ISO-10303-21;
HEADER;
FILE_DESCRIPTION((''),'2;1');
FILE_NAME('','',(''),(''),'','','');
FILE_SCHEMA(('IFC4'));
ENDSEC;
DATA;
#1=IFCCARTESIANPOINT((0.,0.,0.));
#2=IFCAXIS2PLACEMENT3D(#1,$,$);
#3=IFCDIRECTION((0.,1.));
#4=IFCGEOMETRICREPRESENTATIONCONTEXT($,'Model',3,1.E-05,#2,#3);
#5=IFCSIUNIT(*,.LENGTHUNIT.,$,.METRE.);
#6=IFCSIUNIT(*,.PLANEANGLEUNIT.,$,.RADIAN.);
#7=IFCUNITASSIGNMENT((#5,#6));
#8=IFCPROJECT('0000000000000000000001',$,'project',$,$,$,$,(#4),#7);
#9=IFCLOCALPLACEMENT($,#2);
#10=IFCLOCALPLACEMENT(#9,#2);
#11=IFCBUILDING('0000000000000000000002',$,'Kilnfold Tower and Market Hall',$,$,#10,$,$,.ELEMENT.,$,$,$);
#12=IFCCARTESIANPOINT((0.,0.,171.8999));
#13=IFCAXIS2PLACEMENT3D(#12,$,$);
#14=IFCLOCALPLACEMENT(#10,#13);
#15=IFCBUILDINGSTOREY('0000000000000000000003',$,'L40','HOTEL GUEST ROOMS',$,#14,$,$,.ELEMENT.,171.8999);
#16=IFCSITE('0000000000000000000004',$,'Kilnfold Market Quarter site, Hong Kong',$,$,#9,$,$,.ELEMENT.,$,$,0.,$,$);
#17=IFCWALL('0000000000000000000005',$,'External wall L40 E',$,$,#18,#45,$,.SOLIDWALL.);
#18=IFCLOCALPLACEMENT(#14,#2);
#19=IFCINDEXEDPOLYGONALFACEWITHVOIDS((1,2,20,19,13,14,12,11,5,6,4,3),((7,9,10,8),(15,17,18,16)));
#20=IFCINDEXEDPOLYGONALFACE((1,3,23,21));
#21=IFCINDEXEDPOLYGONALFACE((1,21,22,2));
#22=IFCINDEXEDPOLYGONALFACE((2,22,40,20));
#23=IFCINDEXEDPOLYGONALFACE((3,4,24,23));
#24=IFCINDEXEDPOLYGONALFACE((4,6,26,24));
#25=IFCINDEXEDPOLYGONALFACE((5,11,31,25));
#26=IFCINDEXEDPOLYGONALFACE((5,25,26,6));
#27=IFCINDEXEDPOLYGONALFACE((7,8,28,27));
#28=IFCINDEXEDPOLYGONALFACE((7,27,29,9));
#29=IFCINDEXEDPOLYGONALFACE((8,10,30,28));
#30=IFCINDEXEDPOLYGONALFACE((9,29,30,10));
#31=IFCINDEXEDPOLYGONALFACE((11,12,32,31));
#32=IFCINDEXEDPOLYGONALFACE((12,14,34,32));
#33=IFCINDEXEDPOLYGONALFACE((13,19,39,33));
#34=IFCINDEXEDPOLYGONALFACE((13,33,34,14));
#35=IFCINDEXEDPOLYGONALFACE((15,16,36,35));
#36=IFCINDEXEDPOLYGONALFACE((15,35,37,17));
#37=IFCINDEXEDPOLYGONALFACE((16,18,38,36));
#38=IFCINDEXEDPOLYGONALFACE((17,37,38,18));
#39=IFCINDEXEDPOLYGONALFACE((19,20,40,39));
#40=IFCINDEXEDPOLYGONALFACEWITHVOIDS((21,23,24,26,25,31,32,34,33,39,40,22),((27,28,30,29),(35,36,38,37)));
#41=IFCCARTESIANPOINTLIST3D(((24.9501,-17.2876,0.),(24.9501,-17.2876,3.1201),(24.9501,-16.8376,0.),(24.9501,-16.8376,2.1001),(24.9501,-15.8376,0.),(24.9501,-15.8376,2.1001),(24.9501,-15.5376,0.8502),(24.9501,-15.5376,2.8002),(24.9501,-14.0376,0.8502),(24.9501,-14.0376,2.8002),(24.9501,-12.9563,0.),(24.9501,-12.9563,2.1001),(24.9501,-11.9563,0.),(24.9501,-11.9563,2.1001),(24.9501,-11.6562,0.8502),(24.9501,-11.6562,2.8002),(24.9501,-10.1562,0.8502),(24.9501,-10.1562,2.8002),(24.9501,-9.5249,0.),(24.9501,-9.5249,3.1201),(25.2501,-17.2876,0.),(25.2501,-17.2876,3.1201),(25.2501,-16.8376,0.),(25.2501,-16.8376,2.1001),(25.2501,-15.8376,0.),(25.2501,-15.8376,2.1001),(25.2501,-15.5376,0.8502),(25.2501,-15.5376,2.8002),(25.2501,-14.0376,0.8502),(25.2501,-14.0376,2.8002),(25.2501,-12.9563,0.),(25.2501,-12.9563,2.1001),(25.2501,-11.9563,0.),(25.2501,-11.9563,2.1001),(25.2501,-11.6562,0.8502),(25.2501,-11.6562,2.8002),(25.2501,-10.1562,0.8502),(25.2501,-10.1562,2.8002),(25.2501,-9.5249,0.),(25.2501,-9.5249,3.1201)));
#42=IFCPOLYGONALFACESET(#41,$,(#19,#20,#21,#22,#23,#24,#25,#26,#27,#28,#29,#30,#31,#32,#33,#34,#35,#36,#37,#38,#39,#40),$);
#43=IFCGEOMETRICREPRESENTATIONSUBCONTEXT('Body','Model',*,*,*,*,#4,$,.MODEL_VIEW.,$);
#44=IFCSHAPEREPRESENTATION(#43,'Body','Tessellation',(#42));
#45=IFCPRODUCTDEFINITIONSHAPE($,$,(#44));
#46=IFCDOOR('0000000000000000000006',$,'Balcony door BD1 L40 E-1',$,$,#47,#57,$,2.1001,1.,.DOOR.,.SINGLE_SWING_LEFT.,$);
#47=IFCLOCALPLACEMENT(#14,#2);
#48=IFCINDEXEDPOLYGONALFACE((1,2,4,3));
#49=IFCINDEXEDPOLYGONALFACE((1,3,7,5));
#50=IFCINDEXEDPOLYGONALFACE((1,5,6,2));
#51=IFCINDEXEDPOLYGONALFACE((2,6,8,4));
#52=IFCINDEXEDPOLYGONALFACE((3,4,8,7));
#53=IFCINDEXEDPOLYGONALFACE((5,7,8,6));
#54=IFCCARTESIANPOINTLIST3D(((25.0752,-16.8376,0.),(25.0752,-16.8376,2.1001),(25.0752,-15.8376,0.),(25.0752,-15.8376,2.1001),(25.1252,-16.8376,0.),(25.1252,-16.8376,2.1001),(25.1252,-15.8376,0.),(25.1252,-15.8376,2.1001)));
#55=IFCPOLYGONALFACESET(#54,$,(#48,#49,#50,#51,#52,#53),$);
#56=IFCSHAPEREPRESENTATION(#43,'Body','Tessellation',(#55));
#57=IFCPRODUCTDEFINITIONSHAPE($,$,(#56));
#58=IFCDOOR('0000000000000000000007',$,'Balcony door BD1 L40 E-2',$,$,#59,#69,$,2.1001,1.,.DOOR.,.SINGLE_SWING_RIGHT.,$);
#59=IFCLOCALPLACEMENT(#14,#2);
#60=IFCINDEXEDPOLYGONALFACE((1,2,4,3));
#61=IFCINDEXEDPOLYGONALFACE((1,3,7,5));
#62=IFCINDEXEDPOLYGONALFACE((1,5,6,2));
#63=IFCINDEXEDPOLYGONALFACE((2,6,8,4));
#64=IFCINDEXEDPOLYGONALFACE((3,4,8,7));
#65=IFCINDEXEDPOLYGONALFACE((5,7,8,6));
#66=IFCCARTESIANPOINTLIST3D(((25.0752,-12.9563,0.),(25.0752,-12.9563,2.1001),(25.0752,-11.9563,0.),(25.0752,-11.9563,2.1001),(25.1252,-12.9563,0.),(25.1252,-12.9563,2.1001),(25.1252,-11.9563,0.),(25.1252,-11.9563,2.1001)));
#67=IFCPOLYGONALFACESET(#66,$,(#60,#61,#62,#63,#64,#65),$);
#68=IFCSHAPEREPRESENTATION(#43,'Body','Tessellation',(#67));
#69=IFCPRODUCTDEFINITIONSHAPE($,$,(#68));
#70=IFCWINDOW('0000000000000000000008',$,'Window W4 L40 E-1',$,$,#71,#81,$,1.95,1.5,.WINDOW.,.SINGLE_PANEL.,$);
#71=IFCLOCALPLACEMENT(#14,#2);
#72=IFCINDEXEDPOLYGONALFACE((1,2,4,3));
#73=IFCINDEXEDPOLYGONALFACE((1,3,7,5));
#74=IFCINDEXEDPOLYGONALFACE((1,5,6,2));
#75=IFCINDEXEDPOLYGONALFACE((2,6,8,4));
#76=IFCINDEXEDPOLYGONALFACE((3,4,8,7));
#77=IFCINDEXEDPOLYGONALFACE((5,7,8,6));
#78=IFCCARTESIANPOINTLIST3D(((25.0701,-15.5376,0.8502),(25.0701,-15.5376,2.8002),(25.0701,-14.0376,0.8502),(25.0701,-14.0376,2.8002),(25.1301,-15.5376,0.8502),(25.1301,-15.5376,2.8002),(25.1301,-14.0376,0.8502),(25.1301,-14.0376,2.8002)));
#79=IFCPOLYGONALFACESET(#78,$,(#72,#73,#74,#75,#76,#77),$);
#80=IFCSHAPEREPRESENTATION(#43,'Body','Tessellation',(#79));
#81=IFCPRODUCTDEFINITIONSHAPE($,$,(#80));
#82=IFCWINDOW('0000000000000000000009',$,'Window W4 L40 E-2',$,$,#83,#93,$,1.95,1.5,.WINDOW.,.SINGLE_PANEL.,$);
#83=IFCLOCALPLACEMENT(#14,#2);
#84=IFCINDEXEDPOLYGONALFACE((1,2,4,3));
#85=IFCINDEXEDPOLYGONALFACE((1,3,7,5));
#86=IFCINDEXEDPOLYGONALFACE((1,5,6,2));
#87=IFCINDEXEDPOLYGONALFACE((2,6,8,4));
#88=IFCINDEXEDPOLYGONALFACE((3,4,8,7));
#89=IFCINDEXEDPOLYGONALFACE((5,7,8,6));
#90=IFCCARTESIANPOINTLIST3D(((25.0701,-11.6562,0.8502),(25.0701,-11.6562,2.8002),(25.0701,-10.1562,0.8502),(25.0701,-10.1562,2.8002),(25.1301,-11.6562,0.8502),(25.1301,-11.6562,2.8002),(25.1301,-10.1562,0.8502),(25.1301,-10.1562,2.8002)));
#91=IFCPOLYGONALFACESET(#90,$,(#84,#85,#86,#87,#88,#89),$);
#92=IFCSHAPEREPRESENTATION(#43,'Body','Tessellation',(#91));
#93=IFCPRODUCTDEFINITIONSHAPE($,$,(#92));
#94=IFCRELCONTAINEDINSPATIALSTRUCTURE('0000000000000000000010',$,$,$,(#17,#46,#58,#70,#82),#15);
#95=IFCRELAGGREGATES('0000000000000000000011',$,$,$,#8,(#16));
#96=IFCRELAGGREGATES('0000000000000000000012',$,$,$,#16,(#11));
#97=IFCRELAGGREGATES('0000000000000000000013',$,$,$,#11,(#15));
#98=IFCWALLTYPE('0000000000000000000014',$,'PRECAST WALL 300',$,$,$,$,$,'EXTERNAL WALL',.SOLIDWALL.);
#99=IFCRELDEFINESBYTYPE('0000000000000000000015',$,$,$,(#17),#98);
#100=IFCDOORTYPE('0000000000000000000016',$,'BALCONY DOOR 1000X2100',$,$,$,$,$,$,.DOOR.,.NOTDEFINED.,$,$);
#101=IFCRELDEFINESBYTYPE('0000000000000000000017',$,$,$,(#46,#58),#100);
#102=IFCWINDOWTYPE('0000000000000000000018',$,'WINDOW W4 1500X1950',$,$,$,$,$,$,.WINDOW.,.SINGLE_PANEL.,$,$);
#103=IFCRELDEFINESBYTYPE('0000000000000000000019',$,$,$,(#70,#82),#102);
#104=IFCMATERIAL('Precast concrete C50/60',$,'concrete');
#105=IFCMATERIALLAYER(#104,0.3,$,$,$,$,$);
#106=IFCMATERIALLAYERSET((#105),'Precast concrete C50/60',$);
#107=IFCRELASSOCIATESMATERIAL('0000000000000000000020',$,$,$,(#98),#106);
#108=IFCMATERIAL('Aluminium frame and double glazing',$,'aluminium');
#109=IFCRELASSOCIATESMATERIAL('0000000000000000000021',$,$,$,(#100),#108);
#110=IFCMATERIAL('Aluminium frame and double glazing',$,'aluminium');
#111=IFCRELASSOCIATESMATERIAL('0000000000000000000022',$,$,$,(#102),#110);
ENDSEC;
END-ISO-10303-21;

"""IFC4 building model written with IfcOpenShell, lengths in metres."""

from ifc_helpers import new_model, si_unit, direction, frame, frame_2d, origin, place, context, subcontext, project, spatial, rectangle, extrude, source, transform, mapped, material, layer, layer_set, type_object, element, fill, save


model = new_model("IFC4")

# Units and contexts
model_context = context("Model", 3, precision=1e-05, world=origin(), true_north=direction((0.0, 1.0)))
body_context = subcontext(model_context, "Body", "Model", "MODEL_VIEW")
ifc_project = project(units=[si_unit("LENGTHUNIT", "METRE"), si_unit("PLANEANGLEUNIT", "RADIAN")], contexts=[model_context])

# Site, building, storey
site_placement = place(None, origin())
site = spatial("IfcSite", under=ifc_project, at=site_placement, Name="Kilnfold Market Quarter site, Hong Kong", CompositionType="ELEMENT", RefElevation=0.0)
building_placement = place(site_placement, origin())
building = spatial("IfcBuilding", under=site, at=building_placement, Name="Kilnfold Tower and Market Hall", CompositionType="ELEMENT")
storey_placement = place(building_placement, frame((0.0, 0.0, 171.8999)))
storey = spatial("IfcBuildingStorey", under=building, at=storey_placement, Name="L40", Description="HOTEL GUEST ROOMS", CompositionType="ELEMENT", Elevation=171.8999)

# Wall, openings, doors, windows
ifc_material_1 = material(Name="Precast concrete C50/60", Category="concrete")
ifc_layer_1 = layer(ifc_material_1, 0.3)
ifc_layer_set_1 = layer_set([ifc_layer_1], Name="Precast concrete C50/60")
wall_type_1 = type_object("IfcWallType", Name="PRECAST WALL 300", ElementType="EXTERNAL WALL", PredefinedType="SOLIDWALL", material=ifc_layer_set_1)
shared_shape_1 = source(origin(), body_context, "Body", "SweptSolid", [
    extrude(rectangle(XDim=7.7627, YDim=0.3, at=frame_2d((3.8813, 0.0))), origin(), (0.0, 0.0, 1.0), 3.1201),
])
wall_1_placement = place(storey_placement, frame((25.1001, -17.2876, 0.0), z_axis=(0.0, 0.0, 1.0), x_axis=(0.0, 1.0, 0.0)))
wall_1 = element("IfcWall", 1, at=wall_1_placement, inside=storey, type_object=wall_type_1, Name="External wall L40 E", PredefinedType="SOLIDWALL", context=body_context, shape_type="MappedRepresentation", body=[
    mapped(shared_shape_1, transform((0.0, 0.0, 0.0))),
])
opening_1_placement = place(wall_1_placement, frame((1.75, 0.0, 0.8501)))
opening_1 = element("IfcOpeningElement", 2, at=opening_1_placement, cuts=wall_1, PredefinedType="OPENING", context=body_context, shape_type="SweptSolid", body=[
    extrude(rectangle(XDim=1.5, YDim=1.95, at=frame_2d((0.75, 0.9751))), frame((0.0, 0.1602, 0.0), z_axis=(0.0, -1.0, 0.0), x_axis=(1.0, 0.0, 0.0)), (0.0, 0.0, 1.0), 0.3201),
])
opening_2_placement = place(wall_1_placement, frame((0.45, 0.0, 0.0)))
opening_2 = element("IfcOpeningElement", 3, at=opening_2_placement, cuts=wall_1, PredefinedType="OPENING", context=body_context, shape_type="SweptSolid", body=[
    extrude(rectangle(XDim=1.0, YDim=2.1001, at=frame_2d((0.5, 1.05))), frame((0.0, 0.1602, 0.0), z_axis=(0.0, -1.0, 0.0), x_axis=(1.0, 0.0, 0.0)), (0.0, 0.0, 1.0), 0.3201),
])
opening_3_placement = place(wall_1_placement, frame((5.6313, 0.0, 0.8501)))
opening_3 = element("IfcOpeningElement", 4, at=opening_3_placement, cuts=wall_1, PredefinedType="OPENING", context=body_context, shape_type="SweptSolid", body=[
    extrude(rectangle(XDim=1.5, YDim=1.95, at=frame_2d((0.75, 0.9751))), frame((0.0, 0.1602, 0.0), z_axis=(0.0, -1.0, 0.0), x_axis=(1.0, 0.0, 0.0)), (0.0, 0.0, 1.0), 0.3201),
])
opening_4_placement = place(wall_1_placement, frame((4.3313, 0.0, 0.0)))
opening_4 = element("IfcOpeningElement", 5, at=opening_4_placement, cuts=wall_1, PredefinedType="OPENING", context=body_context, shape_type="SweptSolid", body=[
    extrude(rectangle(XDim=1.0, YDim=2.1001, at=frame_2d((0.5, 1.05))), frame((0.0, 0.1602, 0.0), z_axis=(0.0, -1.0, 0.0), x_axis=(1.0, 0.0, 0.0)), (0.0, 0.0, 1.0), 0.3201),
])
ifc_material_2 = material(Name="Aluminium frame and double glazing", Category="aluminium")
door_type_1 = type_object("IfcDoorType", Name="BALCONY DOOR 1000X2100", OperationType="NOTDEFINED", PredefinedType="DOOR", material=ifc_material_2)
door_1_placement = place(opening_2_placement, origin())
door_1 = element("IfcDoor", 6, at=door_1_placement, inside=storey, type_object=door_type_1, Name="Balcony door BD1 L40 E-1", OperationType="SINGLE_SWING_LEFT", OverallHeight=2.1001, OverallWidth=1.0, PredefinedType="DOOR", context=body_context, shape_type="SweptSolid", body=[
    extrude(rectangle(XDim=1.0, YDim=2.1001, at=frame_2d((0.5, 1.05))), frame((0.0, 0.0249, 0.0), z_axis=(0.0, -1.0, 0.0), x_axis=(1.0, 0.0, 0.0)), (0.0, 0.0, 1.0), 0.05),
])
fill(opening_2, door_1)
door_2_placement = place(opening_4_placement, origin())
door_2 = element("IfcDoor", 7, at=door_2_placement, inside=storey, type_object=door_type_1, Name="Balcony door BD1 L40 E-2", OperationType="SINGLE_SWING_RIGHT", OverallHeight=2.1001, OverallWidth=1.0, PredefinedType="DOOR", context=body_context, shape_type="SweptSolid", body=[
    extrude(rectangle(XDim=1.0, YDim=2.1001, at=frame_2d((0.5, 1.05))), frame((0.0, 0.0249, 0.0), z_axis=(0.0, -1.0, 0.0), x_axis=(1.0, 0.0, 0.0)), (0.0, 0.0, 1.0), 0.05),
])
fill(opening_4, door_2)
ifc_material_3 = material(Name="Aluminium frame and double glazing", Category="aluminium")
window_type = type_object("IfcWindowType", Name="WINDOW W4 1500X1950", PartitioningType="SINGLE_PANEL", PredefinedType="WINDOW", material=ifc_material_3)
window_1_placement = place(opening_1_placement, origin())
window_1 = element("IfcWindow", 8, at=window_1_placement, inside=storey, type_object=window_type, Name="Window W4 L40 E-1", OverallHeight=1.95, OverallWidth=1.5, PartitioningType="SINGLE_PANEL", PredefinedType="WINDOW", context=body_context, shape_type="SweptSolid", body=[
    extrude(rectangle(XDim=1.5, YDim=1.95, at=frame_2d((0.75, 0.9751))), frame((0.0, 0.03, 0.0), z_axis=(0.0, -1.0, 0.0), x_axis=(1.0, 0.0, 0.0)), (0.0, 0.0, 1.0), 0.0601),
])
fill(opening_1, window_1)
window_2_placement = place(opening_3_placement, origin())
window_2 = element("IfcWindow", 9, at=window_2_placement, inside=storey, type_object=window_type, Name="Window W4 L40 E-2", OverallHeight=1.95, OverallWidth=1.5, PartitioningType="SINGLE_PANEL", PredefinedType="WINDOW", context=body_context, shape_type="SweptSolid", body=[
    extrude(rectangle(XDim=1.5, YDim=1.95, at=frame_2d((0.75, 0.9751))), frame((0.0, 0.03, 0.0), z_axis=(0.0, -1.0, 0.0), x_axis=(1.0, 0.0, 0.0)), (0.0, 0.0, 1.0), 0.0601),
])
fill(opening_3, window_2)

save(model, "model.ifc")
